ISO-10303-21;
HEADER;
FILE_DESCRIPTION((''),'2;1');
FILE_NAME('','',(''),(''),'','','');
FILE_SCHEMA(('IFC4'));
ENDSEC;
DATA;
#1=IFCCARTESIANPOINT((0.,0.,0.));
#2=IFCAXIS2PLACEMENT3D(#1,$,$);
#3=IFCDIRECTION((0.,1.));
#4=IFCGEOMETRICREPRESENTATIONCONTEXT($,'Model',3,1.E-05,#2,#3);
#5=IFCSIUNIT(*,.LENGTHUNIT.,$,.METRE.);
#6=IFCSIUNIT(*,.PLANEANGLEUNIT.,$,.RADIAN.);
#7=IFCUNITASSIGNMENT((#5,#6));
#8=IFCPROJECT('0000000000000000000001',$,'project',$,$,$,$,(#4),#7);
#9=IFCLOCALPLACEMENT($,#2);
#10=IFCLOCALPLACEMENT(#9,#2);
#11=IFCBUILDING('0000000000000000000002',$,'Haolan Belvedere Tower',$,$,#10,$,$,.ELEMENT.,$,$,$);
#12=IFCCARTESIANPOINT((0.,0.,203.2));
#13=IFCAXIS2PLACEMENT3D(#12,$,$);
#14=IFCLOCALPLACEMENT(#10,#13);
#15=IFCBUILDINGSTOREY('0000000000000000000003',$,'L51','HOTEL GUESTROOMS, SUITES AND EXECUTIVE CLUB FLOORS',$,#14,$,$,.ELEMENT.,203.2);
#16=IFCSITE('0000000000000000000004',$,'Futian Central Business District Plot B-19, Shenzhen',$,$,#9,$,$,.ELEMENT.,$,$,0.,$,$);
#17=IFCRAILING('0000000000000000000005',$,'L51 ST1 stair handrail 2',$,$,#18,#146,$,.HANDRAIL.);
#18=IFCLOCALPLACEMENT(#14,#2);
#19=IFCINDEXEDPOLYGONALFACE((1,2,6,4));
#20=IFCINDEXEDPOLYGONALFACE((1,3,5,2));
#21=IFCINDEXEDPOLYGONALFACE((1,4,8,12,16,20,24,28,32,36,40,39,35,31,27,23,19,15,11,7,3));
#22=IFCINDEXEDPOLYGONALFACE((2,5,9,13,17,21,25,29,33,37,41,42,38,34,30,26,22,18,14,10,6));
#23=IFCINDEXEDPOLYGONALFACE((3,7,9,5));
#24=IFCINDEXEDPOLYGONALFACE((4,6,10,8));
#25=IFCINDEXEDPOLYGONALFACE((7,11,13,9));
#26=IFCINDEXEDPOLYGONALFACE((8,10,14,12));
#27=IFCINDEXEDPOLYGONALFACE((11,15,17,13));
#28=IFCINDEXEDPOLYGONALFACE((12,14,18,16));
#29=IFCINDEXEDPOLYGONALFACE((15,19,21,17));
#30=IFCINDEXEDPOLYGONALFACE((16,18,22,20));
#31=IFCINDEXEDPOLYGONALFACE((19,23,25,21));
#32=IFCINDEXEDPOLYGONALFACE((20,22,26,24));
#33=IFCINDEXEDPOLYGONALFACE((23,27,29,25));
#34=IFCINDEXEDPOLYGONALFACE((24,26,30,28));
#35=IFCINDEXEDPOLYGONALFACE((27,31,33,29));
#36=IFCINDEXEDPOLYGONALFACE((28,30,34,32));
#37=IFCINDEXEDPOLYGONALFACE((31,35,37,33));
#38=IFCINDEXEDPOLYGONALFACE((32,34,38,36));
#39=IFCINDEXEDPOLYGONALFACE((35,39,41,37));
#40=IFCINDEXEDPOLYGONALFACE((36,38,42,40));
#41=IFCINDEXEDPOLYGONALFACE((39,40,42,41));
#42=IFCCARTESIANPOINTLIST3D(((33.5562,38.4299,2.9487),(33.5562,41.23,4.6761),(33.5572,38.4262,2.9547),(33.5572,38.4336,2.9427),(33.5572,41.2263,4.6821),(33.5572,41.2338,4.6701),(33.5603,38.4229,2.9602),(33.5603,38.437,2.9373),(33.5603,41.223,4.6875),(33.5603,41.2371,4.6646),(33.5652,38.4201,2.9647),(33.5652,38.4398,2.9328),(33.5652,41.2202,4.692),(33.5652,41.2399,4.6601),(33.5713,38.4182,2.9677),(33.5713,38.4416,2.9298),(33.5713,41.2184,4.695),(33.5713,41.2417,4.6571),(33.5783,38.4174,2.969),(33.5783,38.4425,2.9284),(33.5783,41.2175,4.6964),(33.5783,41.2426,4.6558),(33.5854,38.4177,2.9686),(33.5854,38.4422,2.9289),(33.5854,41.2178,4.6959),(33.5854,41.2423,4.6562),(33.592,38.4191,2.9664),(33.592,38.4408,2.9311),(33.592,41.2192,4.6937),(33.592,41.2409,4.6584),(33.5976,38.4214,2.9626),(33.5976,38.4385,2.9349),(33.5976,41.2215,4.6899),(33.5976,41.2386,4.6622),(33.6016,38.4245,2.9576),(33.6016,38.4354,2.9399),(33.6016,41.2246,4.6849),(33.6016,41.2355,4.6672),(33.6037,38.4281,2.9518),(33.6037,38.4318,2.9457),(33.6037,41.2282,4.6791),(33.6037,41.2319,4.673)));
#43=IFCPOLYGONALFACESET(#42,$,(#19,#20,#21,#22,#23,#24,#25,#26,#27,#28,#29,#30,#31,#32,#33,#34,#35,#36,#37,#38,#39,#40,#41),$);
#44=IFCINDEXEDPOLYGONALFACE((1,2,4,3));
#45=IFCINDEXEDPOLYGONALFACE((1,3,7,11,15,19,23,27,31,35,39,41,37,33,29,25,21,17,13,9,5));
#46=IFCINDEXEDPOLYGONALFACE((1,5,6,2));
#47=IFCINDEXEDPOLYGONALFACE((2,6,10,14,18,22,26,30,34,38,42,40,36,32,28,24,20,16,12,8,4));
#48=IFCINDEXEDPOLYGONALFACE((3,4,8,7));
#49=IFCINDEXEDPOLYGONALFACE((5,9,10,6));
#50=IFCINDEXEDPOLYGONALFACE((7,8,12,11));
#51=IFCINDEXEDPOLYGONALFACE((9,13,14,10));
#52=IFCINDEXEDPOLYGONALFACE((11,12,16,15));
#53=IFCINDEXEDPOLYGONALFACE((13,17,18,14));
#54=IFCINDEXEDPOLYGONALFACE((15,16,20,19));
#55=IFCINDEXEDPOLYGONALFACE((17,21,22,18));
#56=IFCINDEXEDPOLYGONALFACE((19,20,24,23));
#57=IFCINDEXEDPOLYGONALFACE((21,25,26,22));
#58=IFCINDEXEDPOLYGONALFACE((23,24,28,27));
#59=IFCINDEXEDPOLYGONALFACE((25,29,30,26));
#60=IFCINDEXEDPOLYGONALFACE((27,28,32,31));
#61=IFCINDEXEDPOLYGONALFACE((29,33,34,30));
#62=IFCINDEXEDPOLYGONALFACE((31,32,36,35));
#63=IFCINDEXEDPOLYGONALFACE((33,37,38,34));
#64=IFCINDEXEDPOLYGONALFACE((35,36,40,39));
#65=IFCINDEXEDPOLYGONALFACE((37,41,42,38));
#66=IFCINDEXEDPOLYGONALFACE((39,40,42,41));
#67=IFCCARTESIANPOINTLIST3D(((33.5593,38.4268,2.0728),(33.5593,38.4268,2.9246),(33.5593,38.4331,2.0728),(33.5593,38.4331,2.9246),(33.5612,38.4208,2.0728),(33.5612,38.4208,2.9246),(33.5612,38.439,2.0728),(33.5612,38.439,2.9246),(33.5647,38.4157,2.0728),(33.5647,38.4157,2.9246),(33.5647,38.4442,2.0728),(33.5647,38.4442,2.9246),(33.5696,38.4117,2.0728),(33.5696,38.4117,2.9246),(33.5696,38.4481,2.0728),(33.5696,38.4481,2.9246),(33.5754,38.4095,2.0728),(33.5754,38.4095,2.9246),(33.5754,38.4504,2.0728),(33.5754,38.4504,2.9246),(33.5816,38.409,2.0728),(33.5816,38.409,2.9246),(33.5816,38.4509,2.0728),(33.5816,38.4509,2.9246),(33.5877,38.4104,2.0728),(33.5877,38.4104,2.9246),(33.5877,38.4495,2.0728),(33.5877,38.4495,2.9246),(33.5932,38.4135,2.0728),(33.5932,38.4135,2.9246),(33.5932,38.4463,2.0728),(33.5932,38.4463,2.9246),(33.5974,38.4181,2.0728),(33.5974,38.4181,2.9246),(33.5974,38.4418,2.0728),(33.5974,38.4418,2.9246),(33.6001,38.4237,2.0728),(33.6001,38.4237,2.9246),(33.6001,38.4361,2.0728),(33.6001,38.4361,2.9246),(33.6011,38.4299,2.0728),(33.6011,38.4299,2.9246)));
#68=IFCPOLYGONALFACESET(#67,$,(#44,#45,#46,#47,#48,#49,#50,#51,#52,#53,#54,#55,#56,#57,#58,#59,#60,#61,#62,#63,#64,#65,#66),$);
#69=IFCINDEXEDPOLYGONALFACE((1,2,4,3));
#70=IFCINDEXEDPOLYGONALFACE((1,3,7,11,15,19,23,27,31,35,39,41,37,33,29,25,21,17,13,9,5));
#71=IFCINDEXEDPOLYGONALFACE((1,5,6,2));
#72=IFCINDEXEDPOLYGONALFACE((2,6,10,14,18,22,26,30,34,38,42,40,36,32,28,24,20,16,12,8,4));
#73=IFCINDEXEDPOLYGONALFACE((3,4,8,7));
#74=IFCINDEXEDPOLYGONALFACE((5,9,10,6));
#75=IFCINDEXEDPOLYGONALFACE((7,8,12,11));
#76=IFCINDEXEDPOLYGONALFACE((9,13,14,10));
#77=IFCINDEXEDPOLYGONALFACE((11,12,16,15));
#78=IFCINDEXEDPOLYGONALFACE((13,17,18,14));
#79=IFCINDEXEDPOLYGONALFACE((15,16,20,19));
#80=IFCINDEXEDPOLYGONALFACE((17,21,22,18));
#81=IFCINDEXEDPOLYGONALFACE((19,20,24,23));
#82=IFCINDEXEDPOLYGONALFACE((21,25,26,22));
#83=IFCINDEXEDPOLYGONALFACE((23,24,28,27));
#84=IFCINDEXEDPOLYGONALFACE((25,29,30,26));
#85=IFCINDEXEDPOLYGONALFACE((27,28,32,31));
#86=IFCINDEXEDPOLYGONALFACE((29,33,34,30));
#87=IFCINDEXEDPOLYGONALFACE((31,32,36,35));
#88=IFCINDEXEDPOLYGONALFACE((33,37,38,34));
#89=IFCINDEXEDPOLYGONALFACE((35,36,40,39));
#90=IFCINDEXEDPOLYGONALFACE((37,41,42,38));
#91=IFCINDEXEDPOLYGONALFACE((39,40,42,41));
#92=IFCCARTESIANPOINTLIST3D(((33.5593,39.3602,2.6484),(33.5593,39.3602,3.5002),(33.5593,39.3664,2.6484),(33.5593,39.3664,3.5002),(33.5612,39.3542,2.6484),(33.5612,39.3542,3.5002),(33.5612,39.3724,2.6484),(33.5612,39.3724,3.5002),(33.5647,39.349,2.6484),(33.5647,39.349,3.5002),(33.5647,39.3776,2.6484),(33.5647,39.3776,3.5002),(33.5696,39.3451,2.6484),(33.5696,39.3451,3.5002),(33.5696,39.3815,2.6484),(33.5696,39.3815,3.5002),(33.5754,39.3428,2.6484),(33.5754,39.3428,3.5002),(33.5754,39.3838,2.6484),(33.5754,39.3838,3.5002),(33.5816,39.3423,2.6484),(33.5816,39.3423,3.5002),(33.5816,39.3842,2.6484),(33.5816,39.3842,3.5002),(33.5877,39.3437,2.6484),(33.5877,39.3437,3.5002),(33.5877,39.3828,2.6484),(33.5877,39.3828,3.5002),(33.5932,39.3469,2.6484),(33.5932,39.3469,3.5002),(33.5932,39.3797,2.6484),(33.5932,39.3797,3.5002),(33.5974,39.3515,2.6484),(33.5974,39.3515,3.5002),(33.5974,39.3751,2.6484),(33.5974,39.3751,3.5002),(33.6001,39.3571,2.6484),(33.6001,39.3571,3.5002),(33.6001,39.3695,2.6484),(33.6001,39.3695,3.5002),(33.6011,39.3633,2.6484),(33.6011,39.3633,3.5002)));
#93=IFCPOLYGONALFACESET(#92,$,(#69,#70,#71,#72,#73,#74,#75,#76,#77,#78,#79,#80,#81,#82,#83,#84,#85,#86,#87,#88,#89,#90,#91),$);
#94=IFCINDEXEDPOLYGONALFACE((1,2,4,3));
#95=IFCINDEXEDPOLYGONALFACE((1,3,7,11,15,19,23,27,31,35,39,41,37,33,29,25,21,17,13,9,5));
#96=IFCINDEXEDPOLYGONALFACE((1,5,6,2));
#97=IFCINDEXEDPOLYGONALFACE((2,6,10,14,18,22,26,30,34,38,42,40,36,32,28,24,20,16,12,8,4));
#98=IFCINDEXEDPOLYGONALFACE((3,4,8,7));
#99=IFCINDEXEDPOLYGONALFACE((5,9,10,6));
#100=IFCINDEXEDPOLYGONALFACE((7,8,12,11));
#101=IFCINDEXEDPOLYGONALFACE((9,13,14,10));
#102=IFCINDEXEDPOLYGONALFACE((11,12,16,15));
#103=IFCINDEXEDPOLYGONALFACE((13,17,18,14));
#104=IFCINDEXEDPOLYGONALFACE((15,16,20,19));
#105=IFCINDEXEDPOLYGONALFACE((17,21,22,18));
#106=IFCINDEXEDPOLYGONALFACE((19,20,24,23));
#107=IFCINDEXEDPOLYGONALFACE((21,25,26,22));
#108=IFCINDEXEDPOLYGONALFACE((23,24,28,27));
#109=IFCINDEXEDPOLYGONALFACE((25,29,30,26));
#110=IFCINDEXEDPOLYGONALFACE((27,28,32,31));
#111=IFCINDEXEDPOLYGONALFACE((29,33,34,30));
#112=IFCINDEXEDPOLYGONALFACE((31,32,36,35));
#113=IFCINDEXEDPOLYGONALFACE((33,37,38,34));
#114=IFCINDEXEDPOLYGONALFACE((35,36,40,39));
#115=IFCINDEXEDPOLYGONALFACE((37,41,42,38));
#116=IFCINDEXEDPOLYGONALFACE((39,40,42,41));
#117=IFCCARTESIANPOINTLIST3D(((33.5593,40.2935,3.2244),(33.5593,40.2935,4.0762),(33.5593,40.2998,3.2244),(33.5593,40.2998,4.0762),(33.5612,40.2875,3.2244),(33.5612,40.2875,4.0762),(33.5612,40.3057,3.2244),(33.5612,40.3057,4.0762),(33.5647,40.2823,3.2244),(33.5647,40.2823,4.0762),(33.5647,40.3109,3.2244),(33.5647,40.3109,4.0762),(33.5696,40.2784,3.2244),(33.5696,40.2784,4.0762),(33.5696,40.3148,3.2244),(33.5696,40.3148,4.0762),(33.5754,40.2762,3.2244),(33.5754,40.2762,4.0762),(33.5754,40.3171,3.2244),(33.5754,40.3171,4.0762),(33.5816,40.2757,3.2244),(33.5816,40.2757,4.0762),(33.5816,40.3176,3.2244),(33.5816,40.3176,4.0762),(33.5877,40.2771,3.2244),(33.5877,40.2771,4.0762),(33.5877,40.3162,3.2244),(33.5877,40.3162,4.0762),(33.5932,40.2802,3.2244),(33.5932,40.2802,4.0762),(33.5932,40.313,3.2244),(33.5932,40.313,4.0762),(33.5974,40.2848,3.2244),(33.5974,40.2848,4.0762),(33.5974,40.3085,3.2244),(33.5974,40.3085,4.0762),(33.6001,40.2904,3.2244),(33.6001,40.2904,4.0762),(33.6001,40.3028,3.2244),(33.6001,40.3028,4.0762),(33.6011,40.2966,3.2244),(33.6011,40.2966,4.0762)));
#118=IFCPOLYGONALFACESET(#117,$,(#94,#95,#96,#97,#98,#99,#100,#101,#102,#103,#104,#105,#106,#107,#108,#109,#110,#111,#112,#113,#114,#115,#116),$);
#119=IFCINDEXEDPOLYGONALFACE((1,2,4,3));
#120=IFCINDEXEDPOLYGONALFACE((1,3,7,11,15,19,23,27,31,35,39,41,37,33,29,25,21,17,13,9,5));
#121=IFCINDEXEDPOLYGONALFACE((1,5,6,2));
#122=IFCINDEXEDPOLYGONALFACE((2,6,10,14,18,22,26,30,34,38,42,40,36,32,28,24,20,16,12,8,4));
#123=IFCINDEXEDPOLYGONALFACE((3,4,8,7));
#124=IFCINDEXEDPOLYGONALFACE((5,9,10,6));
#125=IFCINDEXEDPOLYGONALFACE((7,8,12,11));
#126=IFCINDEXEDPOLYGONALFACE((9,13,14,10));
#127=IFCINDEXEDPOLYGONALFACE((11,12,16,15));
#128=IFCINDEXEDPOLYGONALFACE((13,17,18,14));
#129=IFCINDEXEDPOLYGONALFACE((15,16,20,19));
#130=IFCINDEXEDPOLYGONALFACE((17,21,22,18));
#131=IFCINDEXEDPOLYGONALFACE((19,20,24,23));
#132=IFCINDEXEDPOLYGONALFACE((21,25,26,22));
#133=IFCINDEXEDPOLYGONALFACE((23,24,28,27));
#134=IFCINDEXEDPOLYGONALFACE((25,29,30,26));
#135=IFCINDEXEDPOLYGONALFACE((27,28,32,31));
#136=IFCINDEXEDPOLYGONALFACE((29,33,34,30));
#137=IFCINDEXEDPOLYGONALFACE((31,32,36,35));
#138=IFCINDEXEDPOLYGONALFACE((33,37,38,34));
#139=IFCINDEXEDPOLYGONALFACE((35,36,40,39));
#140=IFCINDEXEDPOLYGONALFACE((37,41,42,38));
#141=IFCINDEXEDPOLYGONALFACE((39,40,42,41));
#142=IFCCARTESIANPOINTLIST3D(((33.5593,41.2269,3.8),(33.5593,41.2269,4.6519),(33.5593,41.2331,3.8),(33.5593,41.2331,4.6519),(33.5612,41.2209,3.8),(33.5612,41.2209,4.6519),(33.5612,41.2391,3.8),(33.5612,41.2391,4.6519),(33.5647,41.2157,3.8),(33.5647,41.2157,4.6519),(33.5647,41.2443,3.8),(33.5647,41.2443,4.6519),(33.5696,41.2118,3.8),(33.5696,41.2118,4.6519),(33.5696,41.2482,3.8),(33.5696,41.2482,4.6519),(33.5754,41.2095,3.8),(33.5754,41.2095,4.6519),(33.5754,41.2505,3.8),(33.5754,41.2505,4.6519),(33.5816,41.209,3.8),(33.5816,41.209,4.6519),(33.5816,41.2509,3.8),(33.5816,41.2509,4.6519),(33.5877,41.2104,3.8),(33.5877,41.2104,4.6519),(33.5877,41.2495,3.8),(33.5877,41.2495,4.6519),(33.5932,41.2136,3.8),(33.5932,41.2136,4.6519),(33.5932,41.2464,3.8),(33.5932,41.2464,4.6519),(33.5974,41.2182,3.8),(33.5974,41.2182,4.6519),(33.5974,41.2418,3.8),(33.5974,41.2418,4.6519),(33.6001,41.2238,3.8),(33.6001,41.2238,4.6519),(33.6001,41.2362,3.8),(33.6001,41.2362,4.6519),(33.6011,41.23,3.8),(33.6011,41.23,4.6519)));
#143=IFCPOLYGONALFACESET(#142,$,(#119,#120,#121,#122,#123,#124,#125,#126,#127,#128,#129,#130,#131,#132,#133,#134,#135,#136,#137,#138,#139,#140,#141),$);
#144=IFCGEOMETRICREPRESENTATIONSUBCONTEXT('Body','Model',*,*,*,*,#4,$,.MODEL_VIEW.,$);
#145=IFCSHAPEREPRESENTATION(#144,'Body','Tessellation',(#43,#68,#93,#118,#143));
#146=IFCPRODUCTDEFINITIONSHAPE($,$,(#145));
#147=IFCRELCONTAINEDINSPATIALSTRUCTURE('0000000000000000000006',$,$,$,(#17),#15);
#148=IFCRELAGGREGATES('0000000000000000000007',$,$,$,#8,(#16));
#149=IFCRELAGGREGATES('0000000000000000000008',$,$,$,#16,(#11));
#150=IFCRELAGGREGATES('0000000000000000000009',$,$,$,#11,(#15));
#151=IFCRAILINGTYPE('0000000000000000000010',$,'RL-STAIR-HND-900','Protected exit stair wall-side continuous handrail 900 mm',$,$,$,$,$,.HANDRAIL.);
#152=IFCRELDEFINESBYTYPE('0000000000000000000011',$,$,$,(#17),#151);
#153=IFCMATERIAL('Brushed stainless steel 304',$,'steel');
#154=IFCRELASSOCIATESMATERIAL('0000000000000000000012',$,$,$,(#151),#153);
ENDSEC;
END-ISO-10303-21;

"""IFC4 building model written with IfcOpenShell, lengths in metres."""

from ifc_helpers import new_model, si_unit, direction, frame, origin, origin_2d, place, context, subcontext, project, spatial, circle, extrude, material, type_object, element, save


model = new_model("IFC4")

# Units and contexts
model_context = context("Model", 3, precision=1e-05, world=origin(), true_north=direction((0.0, 1.0)))
body_context = subcontext(model_context, "Body", "Model", "MODEL_VIEW")
ifc_project = project(units=[si_unit("LENGTHUNIT", "METRE"), si_unit("PLANEANGLEUNIT", "RADIAN")], contexts=[model_context])

# Site, building, storey
site_placement = place(None, origin())
site = spatial("IfcSite", under=ifc_project, at=site_placement, Name="Futian Central Business District Plot B-19, Shenzhen", CompositionType="ELEMENT", RefElevation=0.0)
building_placement = place(site_placement, origin())
building = spatial("IfcBuilding", under=site, at=building_placement, Name="Haolan Belvedere Tower", CompositionType="ELEMENT")
storey_placement = place(building_placement, frame((0.0, 0.0, 203.2)))
storey = spatial("IfcBuildingStorey", under=building, at=storey_placement, Name="L51", Description="HOTEL GUESTROOMS, SUITES AND EXECUTIVE CLUB FLOORS", CompositionType="ELEMENT", Elevation=203.2)

# Railing
ifc_material_1 = material(Name="Brushed stainless steel 304", Category="steel")
railing_type_1 = type_object("IfcRailingType", Name="RL-STAIR-HND-900", Description="Protected exit stair wall-side continuous handrail 900 mm", PredefinedType="HANDRAIL", material=ifc_material_1)
railing_1_placement = place(storey_placement, frame((33.5801, 38.4299, 2.0728)))
element("IfcRailing", 1, at=railing_1_placement, inside=storey, type_object=railing_type_1, Name="L51 ST1 stair handrail 2", PredefinedType="HANDRAIL", context=body_context, shape_type="SweptSolid", body=[
    extrude(circle(Radius=0.0239, at=origin_2d()), frame((0.0, 0.0, 0.876), z_axis=(0.0, 0.85109, 0.52502), x_axis=(-1.0, 0.0, 0.0)), (0.0, 0.0, 1.0), 3.29),
    extrude(circle(Radius=0.021, at=origin_2d()), origin(), (0.0, 0.0, 1.0), 0.8518),
    extrude(circle(Radius=0.021, at=origin_2d()), frame((0.0, 0.9333, 0.5757)), (0.0, 0.0, 1.0), 0.8518),
    extrude(circle(Radius=0.021, at=origin_2d()), frame((0.0, 1.8667, 1.1516)), (0.0, 0.0, 1.0), 0.8518),
    extrude(circle(Radius=0.021, at=origin_2d()), frame((0.0, 2.8, 1.7273)), (0.0, 0.0, 1.0), 0.8518),
])

save(model, "model.ifc")
